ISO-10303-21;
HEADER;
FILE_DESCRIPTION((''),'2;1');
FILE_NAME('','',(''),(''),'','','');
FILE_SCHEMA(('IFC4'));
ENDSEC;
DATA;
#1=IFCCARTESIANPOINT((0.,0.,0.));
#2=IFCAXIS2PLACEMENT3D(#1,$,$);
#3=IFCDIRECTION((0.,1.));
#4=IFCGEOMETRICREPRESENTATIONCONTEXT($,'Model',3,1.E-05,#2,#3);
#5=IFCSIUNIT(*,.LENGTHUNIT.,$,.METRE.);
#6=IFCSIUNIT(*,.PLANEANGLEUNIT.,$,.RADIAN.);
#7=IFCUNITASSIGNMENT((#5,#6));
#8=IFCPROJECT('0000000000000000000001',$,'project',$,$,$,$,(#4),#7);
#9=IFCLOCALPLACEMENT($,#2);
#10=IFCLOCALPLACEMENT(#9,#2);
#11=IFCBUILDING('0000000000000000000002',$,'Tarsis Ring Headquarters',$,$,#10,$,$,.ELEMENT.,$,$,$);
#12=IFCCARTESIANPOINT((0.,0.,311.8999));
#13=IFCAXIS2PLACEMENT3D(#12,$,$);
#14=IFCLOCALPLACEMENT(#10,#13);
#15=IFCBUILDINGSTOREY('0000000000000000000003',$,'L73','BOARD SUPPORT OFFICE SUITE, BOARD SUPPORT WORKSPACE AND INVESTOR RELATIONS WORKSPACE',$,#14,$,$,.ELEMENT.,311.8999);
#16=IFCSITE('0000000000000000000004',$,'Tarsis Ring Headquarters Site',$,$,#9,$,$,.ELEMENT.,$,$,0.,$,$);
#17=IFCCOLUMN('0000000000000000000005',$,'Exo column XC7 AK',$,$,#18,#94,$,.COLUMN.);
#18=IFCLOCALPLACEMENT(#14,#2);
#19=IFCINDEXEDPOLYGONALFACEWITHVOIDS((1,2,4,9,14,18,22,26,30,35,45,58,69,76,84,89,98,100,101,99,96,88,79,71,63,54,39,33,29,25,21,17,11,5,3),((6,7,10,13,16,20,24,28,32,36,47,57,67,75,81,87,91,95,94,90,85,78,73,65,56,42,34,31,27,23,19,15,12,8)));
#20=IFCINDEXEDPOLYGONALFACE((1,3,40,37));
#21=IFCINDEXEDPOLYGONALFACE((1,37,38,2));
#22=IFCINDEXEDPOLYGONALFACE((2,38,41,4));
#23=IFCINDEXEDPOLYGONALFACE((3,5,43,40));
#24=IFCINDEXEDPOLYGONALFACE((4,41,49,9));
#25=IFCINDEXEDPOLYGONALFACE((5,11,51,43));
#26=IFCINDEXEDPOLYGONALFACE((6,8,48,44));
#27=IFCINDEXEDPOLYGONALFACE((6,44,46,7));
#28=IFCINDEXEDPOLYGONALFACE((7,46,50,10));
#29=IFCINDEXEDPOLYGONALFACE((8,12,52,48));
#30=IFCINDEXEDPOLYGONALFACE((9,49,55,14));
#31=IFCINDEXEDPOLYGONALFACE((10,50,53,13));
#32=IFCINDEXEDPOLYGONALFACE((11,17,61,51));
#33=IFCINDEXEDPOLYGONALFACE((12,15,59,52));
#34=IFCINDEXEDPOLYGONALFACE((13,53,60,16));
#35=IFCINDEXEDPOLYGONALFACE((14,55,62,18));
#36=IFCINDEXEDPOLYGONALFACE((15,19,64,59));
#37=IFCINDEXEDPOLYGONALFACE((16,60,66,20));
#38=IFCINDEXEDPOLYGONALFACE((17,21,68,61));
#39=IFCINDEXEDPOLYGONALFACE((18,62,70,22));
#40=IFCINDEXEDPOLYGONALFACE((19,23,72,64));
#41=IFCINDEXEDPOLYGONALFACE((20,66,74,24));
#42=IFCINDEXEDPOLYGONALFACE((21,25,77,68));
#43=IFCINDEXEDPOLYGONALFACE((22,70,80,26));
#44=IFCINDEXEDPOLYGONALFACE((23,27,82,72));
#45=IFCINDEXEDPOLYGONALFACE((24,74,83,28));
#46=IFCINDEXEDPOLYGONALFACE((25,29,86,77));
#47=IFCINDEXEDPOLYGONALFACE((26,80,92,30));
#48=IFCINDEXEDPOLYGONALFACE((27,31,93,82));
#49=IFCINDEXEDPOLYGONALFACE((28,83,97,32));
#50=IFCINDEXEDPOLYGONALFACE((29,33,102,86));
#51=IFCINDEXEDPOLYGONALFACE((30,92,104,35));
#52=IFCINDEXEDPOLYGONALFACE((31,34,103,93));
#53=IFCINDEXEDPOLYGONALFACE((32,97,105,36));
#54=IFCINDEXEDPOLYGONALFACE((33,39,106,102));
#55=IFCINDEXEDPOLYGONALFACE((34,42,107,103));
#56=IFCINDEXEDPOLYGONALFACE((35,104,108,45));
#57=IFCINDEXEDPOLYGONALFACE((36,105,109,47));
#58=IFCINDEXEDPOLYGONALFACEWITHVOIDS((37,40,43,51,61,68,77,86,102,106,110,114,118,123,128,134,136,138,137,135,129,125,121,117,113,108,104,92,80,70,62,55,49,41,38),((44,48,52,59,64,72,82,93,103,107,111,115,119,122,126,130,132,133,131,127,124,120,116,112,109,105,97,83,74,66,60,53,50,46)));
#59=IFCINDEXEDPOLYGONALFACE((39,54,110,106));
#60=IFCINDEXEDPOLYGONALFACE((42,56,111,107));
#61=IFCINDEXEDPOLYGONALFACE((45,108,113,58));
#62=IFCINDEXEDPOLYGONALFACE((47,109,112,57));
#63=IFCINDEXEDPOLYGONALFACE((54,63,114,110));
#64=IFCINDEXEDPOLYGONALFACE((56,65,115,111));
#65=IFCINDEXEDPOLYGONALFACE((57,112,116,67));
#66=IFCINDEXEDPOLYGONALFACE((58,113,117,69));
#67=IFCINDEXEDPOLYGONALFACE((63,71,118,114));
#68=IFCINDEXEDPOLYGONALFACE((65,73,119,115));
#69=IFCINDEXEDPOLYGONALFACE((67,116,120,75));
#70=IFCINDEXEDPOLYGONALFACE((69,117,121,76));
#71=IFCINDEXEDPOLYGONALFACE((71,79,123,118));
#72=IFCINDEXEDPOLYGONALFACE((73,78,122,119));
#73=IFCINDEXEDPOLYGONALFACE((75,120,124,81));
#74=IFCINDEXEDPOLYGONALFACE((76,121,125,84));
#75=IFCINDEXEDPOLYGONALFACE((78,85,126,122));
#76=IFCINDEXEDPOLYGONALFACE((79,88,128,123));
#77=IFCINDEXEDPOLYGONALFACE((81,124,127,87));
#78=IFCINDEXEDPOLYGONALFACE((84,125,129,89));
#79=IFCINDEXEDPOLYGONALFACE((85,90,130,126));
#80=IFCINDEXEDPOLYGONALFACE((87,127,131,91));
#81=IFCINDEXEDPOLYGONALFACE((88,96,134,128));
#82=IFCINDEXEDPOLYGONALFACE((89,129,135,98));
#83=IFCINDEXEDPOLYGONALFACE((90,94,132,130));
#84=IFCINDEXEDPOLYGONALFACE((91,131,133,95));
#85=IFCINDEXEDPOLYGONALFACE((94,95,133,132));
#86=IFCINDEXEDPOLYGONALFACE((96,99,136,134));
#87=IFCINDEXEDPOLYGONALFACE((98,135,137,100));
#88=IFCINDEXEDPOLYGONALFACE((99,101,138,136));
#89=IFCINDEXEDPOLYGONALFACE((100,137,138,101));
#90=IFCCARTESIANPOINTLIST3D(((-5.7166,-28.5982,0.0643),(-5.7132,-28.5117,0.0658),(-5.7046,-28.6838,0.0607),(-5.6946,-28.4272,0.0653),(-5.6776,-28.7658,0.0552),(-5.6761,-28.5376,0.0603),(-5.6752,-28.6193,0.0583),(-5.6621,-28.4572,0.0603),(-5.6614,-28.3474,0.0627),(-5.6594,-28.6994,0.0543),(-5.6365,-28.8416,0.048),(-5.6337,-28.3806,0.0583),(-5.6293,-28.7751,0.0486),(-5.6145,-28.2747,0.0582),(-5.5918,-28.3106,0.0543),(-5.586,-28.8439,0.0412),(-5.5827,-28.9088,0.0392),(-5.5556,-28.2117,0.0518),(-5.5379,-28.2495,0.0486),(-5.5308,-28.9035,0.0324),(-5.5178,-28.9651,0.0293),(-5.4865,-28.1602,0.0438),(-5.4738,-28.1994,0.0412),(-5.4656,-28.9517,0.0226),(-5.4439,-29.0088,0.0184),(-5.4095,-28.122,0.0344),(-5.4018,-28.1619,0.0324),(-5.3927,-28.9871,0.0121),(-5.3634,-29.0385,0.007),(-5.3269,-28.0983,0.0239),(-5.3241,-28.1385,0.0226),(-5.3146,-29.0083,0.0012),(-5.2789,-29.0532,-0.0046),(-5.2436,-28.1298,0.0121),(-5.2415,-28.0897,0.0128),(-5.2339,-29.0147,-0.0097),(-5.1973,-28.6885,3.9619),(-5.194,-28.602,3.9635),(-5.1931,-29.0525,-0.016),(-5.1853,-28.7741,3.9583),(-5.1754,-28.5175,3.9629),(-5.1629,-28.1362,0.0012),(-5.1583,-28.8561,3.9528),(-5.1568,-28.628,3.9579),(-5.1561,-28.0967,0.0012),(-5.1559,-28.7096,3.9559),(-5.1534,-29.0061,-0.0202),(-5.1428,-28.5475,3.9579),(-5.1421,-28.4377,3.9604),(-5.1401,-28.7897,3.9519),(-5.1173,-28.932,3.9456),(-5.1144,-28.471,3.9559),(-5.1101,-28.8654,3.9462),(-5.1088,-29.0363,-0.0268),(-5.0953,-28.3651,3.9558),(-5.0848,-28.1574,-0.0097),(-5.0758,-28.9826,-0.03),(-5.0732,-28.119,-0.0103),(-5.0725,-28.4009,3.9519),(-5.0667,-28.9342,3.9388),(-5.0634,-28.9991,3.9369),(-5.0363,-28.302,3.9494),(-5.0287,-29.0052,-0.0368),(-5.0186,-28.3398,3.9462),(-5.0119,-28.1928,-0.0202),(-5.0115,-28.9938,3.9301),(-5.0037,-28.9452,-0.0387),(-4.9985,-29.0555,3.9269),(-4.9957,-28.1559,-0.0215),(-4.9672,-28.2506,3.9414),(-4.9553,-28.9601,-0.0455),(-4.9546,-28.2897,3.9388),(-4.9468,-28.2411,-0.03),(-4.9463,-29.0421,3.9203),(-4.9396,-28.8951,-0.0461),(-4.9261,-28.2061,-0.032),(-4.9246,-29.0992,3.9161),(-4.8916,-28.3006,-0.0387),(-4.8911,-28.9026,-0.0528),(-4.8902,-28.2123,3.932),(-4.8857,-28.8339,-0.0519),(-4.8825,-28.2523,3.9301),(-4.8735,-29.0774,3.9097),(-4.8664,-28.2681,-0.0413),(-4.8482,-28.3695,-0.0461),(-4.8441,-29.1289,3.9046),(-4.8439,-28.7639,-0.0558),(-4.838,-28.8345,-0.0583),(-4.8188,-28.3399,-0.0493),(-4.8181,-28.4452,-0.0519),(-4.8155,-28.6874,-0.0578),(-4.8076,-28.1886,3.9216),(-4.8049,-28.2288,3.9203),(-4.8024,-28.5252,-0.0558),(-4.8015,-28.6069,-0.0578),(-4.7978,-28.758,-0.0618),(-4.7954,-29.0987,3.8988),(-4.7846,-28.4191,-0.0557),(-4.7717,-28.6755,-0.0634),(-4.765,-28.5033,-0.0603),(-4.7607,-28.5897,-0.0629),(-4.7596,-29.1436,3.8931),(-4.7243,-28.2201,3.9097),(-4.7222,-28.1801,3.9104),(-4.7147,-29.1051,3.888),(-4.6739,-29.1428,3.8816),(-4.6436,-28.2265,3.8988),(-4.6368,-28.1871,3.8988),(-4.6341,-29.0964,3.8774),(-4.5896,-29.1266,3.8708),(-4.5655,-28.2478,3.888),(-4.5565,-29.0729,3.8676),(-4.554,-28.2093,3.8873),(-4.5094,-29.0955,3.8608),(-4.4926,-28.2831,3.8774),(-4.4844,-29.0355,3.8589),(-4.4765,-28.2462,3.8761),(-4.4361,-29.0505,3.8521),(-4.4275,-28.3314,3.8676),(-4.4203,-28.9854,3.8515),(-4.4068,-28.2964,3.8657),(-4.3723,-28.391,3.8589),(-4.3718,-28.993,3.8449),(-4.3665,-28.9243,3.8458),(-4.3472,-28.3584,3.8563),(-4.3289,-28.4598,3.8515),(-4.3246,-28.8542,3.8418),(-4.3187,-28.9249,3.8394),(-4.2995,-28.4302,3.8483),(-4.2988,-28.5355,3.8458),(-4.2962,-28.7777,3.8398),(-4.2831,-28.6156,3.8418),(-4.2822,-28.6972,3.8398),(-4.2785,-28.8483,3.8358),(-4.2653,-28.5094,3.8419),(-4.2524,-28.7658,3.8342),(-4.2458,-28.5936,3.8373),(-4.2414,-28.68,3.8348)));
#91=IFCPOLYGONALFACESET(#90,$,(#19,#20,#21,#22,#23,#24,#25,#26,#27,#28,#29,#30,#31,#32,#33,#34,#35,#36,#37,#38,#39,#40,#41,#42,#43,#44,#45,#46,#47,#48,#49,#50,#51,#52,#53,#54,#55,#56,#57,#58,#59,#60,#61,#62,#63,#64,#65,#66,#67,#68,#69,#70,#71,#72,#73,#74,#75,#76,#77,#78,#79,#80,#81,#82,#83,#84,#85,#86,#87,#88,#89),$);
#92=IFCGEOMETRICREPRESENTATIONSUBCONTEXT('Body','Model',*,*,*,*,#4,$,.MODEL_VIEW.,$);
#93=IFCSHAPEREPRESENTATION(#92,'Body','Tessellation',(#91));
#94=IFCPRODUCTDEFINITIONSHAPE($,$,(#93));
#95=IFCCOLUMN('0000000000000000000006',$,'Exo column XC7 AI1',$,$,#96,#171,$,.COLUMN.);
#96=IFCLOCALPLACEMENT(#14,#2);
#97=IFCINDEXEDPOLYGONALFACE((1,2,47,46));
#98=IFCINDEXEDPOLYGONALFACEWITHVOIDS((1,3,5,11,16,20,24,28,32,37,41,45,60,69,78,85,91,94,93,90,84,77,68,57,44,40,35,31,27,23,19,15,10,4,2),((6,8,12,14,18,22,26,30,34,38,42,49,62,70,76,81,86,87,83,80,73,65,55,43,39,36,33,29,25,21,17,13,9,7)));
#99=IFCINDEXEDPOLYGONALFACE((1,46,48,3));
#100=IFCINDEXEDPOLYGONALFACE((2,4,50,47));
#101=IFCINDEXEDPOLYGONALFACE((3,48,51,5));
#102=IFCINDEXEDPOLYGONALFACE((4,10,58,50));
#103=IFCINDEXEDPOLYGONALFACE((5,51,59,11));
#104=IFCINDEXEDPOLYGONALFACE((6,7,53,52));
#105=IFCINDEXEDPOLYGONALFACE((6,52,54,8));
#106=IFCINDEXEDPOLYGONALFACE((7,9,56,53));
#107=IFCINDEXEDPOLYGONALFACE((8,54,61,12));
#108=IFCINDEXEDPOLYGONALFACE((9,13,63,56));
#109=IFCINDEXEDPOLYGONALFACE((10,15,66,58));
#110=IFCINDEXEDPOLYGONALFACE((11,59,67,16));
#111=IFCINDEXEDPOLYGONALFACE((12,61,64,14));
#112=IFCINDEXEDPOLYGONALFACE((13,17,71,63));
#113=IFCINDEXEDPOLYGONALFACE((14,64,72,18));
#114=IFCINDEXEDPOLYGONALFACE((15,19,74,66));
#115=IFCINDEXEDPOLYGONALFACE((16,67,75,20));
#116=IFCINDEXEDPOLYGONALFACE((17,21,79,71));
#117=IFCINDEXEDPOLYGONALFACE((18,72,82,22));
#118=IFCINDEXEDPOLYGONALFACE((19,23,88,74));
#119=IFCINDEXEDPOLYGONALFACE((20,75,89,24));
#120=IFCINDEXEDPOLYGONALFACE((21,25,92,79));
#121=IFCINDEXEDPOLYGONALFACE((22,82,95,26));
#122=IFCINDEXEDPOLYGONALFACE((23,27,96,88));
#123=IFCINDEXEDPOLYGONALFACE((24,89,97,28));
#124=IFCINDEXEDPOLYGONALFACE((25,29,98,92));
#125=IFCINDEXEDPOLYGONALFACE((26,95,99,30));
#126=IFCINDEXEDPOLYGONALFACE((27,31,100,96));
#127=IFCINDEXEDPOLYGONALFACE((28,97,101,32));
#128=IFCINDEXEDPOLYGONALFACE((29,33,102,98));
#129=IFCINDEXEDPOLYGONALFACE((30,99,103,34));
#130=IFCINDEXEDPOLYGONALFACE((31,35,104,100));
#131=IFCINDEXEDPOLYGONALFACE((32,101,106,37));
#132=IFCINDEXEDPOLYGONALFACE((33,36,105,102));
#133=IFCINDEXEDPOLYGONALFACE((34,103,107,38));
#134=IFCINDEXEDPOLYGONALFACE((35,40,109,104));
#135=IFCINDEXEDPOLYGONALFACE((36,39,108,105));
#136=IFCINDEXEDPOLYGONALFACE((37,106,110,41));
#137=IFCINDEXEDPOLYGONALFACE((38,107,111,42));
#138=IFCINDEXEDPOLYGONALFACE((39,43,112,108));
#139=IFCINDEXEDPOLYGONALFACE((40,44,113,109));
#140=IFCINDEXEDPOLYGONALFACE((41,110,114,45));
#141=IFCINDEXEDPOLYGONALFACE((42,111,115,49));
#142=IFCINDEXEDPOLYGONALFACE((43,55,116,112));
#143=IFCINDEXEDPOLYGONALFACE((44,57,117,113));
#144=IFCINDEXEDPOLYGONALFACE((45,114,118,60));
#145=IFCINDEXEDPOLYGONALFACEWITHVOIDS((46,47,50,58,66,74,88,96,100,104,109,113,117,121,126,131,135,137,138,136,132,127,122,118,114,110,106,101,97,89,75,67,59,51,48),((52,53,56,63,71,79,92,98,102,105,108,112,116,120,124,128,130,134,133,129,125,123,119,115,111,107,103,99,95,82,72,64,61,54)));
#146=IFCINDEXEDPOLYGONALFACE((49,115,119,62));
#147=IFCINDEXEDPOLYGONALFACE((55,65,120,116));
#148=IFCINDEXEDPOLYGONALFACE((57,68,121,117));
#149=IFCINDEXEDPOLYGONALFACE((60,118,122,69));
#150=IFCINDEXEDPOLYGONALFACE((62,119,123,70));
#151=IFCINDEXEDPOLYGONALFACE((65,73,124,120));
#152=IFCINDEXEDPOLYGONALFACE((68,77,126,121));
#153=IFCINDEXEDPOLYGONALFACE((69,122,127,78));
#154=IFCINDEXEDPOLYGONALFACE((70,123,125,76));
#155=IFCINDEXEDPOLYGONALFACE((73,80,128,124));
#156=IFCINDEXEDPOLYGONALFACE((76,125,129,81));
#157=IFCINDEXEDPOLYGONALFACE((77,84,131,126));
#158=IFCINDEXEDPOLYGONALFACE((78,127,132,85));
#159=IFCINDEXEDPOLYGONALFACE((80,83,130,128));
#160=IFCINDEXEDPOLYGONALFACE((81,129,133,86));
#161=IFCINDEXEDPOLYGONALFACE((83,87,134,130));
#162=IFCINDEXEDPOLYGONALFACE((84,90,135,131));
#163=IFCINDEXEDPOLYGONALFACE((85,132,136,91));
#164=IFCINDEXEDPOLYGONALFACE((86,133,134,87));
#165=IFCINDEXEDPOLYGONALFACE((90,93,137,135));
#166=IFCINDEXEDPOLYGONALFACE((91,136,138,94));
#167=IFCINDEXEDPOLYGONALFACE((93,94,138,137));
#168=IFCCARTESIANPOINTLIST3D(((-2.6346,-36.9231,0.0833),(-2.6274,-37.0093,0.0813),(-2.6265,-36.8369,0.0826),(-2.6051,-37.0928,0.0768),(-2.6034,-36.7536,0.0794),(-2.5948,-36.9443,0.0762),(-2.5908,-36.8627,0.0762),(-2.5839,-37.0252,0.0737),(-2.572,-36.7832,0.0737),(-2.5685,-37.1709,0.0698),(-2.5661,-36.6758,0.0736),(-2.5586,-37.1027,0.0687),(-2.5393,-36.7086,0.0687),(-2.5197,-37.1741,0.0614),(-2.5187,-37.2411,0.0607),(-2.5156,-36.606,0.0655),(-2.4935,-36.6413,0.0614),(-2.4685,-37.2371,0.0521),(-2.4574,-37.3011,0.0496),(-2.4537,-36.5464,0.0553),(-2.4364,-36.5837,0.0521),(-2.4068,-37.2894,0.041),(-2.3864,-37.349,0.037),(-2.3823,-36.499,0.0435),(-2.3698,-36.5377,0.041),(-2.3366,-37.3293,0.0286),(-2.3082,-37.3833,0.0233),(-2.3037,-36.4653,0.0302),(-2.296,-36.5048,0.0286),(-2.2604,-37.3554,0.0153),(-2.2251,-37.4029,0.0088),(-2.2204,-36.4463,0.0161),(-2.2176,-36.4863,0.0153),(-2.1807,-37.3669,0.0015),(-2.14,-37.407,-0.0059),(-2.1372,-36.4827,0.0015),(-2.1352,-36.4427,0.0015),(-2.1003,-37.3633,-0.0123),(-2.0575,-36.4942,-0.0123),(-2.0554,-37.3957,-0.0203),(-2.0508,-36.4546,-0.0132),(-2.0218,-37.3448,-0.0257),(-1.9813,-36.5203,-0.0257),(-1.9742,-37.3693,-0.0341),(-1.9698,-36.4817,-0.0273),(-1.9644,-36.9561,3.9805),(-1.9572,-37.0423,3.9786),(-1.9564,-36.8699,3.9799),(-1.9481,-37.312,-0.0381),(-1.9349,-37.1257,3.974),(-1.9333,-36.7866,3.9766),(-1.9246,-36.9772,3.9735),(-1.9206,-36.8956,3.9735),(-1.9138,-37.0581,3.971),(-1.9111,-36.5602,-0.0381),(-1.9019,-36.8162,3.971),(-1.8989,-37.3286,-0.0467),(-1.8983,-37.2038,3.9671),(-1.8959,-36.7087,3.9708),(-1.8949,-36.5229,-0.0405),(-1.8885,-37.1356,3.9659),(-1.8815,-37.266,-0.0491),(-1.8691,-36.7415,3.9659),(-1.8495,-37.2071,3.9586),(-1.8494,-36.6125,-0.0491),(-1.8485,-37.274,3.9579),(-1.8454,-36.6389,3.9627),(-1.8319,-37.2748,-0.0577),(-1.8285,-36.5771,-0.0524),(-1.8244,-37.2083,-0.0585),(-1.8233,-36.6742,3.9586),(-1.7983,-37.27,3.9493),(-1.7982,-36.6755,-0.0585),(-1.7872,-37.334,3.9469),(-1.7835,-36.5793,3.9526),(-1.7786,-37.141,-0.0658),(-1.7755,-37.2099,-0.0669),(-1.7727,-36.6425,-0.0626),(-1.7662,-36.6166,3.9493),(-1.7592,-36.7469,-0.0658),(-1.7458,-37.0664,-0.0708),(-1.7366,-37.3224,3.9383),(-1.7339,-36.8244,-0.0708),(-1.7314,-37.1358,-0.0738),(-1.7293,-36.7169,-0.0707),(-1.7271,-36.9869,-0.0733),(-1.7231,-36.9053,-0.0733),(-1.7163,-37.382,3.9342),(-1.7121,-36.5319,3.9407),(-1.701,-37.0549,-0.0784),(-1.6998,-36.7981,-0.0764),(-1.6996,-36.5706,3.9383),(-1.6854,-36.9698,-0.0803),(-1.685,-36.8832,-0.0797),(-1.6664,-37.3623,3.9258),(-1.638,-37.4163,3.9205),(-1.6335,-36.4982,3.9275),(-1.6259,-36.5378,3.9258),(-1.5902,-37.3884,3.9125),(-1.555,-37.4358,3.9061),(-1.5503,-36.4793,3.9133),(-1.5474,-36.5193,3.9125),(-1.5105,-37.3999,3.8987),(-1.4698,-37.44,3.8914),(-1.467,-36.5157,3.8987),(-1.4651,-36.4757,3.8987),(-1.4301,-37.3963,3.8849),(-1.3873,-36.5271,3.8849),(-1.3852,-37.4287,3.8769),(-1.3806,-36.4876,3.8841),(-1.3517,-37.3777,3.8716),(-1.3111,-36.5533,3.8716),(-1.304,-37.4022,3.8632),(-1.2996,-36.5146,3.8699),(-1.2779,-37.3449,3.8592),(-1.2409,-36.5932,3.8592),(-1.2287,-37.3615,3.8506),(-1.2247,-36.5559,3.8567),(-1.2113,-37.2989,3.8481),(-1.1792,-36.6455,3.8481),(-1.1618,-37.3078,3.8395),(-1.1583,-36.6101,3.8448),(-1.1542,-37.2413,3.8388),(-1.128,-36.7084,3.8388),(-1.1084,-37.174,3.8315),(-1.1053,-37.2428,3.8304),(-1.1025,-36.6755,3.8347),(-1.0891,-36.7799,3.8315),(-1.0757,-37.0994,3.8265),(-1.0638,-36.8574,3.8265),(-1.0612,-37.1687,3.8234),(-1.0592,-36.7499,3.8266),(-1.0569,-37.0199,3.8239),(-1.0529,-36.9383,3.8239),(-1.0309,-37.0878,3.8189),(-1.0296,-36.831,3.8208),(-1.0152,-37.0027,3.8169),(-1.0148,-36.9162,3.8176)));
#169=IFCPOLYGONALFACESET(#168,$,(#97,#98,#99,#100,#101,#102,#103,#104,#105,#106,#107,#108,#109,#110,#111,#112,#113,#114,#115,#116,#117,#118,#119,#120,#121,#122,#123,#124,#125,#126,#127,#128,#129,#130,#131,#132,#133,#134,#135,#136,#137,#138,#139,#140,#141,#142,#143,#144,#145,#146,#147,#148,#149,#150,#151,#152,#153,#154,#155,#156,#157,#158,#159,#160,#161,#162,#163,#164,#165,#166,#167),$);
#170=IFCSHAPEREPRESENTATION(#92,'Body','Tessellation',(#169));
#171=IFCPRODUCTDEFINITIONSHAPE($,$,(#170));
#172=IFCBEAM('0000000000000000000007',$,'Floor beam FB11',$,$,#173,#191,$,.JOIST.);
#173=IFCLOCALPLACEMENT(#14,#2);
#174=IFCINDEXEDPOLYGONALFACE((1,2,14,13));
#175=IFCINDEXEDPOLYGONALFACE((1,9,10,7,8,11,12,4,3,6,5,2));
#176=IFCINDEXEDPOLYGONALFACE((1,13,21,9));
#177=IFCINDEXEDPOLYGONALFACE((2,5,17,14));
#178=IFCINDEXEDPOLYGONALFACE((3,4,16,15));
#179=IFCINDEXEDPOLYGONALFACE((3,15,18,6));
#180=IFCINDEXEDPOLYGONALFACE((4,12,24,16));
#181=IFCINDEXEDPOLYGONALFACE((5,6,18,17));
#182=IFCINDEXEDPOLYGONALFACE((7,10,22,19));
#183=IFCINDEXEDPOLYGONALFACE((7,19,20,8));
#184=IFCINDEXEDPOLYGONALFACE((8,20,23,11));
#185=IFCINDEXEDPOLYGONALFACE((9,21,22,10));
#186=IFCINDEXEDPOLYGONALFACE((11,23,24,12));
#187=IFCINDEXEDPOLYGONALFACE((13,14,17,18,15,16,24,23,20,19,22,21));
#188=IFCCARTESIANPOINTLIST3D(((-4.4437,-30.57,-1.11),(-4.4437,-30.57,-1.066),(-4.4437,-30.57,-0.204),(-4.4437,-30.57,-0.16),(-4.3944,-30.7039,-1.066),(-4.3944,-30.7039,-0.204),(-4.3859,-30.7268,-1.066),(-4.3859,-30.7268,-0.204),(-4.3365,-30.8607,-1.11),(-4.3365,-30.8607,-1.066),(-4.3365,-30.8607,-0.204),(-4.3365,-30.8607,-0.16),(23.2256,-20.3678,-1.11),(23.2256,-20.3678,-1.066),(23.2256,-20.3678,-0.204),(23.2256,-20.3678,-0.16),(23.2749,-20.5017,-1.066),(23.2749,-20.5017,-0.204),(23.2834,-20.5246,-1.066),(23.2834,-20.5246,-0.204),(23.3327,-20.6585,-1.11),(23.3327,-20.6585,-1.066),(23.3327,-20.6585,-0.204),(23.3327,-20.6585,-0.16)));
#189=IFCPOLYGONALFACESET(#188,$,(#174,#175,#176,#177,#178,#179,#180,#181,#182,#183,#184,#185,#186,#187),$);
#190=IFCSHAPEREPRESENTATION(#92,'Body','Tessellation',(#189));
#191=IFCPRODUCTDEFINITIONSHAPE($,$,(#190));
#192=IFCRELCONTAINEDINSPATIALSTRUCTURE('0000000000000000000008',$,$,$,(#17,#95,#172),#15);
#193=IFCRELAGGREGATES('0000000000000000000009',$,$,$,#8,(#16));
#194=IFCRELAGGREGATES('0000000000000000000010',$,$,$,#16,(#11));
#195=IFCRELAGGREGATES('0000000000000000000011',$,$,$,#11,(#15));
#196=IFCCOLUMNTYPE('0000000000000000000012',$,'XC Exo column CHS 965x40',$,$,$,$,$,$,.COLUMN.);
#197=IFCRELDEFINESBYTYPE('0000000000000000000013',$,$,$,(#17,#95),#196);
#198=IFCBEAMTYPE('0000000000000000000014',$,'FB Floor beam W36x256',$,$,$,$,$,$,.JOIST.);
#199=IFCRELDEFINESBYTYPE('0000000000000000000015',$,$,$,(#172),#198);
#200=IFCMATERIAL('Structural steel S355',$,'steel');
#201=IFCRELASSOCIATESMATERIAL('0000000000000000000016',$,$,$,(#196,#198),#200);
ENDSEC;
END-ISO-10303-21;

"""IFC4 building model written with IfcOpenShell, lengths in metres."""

from ifc_helpers import new_model, si_unit, direction, frame, origin, origin_2d, place, context, subcontext, project, spatial, hollow_circle, i_section, extrude, material, material_profile, profile_set, type_object, element, save


model = new_model("IFC4")

# Units and contexts
model_context = context("Model", 3, precision=1e-05, world=origin(), true_north=direction((0.0, 1.0)))
body_context = subcontext(model_context, "Body", "Model", "MODEL_VIEW")
ifc_project = project(units=[si_unit("LENGTHUNIT", "METRE"), si_unit("PLANEANGLEUNIT", "RADIAN")], contexts=[model_context])

# Site, building, storey
site_placement = place(None, origin())
site = spatial("IfcSite", under=ifc_project, at=site_placement, Name="Tarsis Ring Headquarters Site", CompositionType="ELEMENT", RefElevation=0.0)
building_placement = place(site_placement, origin())
building = spatial("IfcBuilding", under=site, at=building_placement, Name="Tarsis Ring Headquarters", CompositionType="ELEMENT")
storey_placement = place(building_placement, frame((0.0, 0.0, 311.8999)))
storey = spatial("IfcBuildingStorey", under=building, at=storey_placement, Name="L73", Description="BOARD SUPPORT OFFICE SUITE, BOARD SUPPORT WORKSPACE AND INVESTOR RELATIONS WORKSPACE", CompositionType="ELEMENT", Elevation=311.8999)

# Columns
ifc_material_1 = material(Name="Structural steel S355", Category="steel")
ifc_material_profile_1 = material_profile(ifc_material_1, hollow_circle(Radius=0.4827, WallThickness=0.04, at=origin_2d()), Name="CHS 965x40")
ifc_profile_set_1 = profile_set([ifc_material_profile_1], Name="Structural steel S355")
column_type = type_object("IfcColumnType", Name="XC Exo column CHS 965x40", PredefinedType="COLUMN", material=ifc_profile_set_1)
column_1_placement = place(storey_placement, frame((-5.2388, -28.5723, 0.0012), z_axis=(0.132027, -0.022967, 0.99098), x_axis=(0.17138, 0.985205, 0.0)))
element("IfcColumn", 1, at=column_1_placement, inside=storey, type_object=column_type, Name="Exo column XC7 AK", PredefinedType="COLUMN", context=body_context, shape_type="SweptSolid", body=[
    extrude(hollow_circle(Radius=0.4827, WallThickness=0.04, at=origin_2d()), origin(), (0.0, 0.0, 1.0), 3.9331),
])
column_2_placement = place(storey_placement, frame((-2.1589, -36.9248, 0.0015), z_axis=(0.169467, -0.008334, 0.985501), x_axis=(0.049121, 0.998793, 0.0)))
element("IfcColumn", 2, at=column_2_placement, inside=storey, type_object=column_type, Name="Exo column XC7 AI1", PredefinedType="COLUMN", context=body_context, shape_type="SweptSolid", body=[
    extrude(hollow_circle(Radius=0.4827, WallThickness=0.04, at=origin_2d()), origin(), (0.0, 0.0, 1.0), 3.9546),
])

# Beam
ifc_material_profile_2 = material_profile(ifc_material_1, i_section(OverallWidth=0.3098, OverallDepth=0.95, WebThickness=0.0244, FlangeThickness=0.0439, at=origin_2d()), Name="W36x256")
ifc_profile_set_2 = profile_set([ifc_material_profile_2], Name="Structural steel S355")
beam_type_1 = type_object("IfcBeamType", Name="FB Floor beam W36x256", PredefinedType="JOIST", material=ifc_profile_set_2)
for number, where, z_axis, x_axis, name in (
    (3, (-4.3901, -30.7153, -0.635), (0.938252, 0.345951, 0.0), (-0.345951, 0.938252, 0.0), "Floor beam FB11"),
):
    element("IfcBeam", number, at=place(storey_placement, frame(where, z_axis=z_axis, x_axis=x_axis)), inside=storey, type_object=beam_type_1, Name=name, PredefinedType="JOIST", context=body_context, shape_type="SweptSolid", body=[
        extrude(i_section(OverallWidth=0.3098, OverallDepth=0.95, WebThickness=0.0244, FlangeThickness=0.0439, at=origin_2d()), origin(), (0.0, 0.0, 1.0), 29.4902),
    ])

save(model, "model.ifc")
